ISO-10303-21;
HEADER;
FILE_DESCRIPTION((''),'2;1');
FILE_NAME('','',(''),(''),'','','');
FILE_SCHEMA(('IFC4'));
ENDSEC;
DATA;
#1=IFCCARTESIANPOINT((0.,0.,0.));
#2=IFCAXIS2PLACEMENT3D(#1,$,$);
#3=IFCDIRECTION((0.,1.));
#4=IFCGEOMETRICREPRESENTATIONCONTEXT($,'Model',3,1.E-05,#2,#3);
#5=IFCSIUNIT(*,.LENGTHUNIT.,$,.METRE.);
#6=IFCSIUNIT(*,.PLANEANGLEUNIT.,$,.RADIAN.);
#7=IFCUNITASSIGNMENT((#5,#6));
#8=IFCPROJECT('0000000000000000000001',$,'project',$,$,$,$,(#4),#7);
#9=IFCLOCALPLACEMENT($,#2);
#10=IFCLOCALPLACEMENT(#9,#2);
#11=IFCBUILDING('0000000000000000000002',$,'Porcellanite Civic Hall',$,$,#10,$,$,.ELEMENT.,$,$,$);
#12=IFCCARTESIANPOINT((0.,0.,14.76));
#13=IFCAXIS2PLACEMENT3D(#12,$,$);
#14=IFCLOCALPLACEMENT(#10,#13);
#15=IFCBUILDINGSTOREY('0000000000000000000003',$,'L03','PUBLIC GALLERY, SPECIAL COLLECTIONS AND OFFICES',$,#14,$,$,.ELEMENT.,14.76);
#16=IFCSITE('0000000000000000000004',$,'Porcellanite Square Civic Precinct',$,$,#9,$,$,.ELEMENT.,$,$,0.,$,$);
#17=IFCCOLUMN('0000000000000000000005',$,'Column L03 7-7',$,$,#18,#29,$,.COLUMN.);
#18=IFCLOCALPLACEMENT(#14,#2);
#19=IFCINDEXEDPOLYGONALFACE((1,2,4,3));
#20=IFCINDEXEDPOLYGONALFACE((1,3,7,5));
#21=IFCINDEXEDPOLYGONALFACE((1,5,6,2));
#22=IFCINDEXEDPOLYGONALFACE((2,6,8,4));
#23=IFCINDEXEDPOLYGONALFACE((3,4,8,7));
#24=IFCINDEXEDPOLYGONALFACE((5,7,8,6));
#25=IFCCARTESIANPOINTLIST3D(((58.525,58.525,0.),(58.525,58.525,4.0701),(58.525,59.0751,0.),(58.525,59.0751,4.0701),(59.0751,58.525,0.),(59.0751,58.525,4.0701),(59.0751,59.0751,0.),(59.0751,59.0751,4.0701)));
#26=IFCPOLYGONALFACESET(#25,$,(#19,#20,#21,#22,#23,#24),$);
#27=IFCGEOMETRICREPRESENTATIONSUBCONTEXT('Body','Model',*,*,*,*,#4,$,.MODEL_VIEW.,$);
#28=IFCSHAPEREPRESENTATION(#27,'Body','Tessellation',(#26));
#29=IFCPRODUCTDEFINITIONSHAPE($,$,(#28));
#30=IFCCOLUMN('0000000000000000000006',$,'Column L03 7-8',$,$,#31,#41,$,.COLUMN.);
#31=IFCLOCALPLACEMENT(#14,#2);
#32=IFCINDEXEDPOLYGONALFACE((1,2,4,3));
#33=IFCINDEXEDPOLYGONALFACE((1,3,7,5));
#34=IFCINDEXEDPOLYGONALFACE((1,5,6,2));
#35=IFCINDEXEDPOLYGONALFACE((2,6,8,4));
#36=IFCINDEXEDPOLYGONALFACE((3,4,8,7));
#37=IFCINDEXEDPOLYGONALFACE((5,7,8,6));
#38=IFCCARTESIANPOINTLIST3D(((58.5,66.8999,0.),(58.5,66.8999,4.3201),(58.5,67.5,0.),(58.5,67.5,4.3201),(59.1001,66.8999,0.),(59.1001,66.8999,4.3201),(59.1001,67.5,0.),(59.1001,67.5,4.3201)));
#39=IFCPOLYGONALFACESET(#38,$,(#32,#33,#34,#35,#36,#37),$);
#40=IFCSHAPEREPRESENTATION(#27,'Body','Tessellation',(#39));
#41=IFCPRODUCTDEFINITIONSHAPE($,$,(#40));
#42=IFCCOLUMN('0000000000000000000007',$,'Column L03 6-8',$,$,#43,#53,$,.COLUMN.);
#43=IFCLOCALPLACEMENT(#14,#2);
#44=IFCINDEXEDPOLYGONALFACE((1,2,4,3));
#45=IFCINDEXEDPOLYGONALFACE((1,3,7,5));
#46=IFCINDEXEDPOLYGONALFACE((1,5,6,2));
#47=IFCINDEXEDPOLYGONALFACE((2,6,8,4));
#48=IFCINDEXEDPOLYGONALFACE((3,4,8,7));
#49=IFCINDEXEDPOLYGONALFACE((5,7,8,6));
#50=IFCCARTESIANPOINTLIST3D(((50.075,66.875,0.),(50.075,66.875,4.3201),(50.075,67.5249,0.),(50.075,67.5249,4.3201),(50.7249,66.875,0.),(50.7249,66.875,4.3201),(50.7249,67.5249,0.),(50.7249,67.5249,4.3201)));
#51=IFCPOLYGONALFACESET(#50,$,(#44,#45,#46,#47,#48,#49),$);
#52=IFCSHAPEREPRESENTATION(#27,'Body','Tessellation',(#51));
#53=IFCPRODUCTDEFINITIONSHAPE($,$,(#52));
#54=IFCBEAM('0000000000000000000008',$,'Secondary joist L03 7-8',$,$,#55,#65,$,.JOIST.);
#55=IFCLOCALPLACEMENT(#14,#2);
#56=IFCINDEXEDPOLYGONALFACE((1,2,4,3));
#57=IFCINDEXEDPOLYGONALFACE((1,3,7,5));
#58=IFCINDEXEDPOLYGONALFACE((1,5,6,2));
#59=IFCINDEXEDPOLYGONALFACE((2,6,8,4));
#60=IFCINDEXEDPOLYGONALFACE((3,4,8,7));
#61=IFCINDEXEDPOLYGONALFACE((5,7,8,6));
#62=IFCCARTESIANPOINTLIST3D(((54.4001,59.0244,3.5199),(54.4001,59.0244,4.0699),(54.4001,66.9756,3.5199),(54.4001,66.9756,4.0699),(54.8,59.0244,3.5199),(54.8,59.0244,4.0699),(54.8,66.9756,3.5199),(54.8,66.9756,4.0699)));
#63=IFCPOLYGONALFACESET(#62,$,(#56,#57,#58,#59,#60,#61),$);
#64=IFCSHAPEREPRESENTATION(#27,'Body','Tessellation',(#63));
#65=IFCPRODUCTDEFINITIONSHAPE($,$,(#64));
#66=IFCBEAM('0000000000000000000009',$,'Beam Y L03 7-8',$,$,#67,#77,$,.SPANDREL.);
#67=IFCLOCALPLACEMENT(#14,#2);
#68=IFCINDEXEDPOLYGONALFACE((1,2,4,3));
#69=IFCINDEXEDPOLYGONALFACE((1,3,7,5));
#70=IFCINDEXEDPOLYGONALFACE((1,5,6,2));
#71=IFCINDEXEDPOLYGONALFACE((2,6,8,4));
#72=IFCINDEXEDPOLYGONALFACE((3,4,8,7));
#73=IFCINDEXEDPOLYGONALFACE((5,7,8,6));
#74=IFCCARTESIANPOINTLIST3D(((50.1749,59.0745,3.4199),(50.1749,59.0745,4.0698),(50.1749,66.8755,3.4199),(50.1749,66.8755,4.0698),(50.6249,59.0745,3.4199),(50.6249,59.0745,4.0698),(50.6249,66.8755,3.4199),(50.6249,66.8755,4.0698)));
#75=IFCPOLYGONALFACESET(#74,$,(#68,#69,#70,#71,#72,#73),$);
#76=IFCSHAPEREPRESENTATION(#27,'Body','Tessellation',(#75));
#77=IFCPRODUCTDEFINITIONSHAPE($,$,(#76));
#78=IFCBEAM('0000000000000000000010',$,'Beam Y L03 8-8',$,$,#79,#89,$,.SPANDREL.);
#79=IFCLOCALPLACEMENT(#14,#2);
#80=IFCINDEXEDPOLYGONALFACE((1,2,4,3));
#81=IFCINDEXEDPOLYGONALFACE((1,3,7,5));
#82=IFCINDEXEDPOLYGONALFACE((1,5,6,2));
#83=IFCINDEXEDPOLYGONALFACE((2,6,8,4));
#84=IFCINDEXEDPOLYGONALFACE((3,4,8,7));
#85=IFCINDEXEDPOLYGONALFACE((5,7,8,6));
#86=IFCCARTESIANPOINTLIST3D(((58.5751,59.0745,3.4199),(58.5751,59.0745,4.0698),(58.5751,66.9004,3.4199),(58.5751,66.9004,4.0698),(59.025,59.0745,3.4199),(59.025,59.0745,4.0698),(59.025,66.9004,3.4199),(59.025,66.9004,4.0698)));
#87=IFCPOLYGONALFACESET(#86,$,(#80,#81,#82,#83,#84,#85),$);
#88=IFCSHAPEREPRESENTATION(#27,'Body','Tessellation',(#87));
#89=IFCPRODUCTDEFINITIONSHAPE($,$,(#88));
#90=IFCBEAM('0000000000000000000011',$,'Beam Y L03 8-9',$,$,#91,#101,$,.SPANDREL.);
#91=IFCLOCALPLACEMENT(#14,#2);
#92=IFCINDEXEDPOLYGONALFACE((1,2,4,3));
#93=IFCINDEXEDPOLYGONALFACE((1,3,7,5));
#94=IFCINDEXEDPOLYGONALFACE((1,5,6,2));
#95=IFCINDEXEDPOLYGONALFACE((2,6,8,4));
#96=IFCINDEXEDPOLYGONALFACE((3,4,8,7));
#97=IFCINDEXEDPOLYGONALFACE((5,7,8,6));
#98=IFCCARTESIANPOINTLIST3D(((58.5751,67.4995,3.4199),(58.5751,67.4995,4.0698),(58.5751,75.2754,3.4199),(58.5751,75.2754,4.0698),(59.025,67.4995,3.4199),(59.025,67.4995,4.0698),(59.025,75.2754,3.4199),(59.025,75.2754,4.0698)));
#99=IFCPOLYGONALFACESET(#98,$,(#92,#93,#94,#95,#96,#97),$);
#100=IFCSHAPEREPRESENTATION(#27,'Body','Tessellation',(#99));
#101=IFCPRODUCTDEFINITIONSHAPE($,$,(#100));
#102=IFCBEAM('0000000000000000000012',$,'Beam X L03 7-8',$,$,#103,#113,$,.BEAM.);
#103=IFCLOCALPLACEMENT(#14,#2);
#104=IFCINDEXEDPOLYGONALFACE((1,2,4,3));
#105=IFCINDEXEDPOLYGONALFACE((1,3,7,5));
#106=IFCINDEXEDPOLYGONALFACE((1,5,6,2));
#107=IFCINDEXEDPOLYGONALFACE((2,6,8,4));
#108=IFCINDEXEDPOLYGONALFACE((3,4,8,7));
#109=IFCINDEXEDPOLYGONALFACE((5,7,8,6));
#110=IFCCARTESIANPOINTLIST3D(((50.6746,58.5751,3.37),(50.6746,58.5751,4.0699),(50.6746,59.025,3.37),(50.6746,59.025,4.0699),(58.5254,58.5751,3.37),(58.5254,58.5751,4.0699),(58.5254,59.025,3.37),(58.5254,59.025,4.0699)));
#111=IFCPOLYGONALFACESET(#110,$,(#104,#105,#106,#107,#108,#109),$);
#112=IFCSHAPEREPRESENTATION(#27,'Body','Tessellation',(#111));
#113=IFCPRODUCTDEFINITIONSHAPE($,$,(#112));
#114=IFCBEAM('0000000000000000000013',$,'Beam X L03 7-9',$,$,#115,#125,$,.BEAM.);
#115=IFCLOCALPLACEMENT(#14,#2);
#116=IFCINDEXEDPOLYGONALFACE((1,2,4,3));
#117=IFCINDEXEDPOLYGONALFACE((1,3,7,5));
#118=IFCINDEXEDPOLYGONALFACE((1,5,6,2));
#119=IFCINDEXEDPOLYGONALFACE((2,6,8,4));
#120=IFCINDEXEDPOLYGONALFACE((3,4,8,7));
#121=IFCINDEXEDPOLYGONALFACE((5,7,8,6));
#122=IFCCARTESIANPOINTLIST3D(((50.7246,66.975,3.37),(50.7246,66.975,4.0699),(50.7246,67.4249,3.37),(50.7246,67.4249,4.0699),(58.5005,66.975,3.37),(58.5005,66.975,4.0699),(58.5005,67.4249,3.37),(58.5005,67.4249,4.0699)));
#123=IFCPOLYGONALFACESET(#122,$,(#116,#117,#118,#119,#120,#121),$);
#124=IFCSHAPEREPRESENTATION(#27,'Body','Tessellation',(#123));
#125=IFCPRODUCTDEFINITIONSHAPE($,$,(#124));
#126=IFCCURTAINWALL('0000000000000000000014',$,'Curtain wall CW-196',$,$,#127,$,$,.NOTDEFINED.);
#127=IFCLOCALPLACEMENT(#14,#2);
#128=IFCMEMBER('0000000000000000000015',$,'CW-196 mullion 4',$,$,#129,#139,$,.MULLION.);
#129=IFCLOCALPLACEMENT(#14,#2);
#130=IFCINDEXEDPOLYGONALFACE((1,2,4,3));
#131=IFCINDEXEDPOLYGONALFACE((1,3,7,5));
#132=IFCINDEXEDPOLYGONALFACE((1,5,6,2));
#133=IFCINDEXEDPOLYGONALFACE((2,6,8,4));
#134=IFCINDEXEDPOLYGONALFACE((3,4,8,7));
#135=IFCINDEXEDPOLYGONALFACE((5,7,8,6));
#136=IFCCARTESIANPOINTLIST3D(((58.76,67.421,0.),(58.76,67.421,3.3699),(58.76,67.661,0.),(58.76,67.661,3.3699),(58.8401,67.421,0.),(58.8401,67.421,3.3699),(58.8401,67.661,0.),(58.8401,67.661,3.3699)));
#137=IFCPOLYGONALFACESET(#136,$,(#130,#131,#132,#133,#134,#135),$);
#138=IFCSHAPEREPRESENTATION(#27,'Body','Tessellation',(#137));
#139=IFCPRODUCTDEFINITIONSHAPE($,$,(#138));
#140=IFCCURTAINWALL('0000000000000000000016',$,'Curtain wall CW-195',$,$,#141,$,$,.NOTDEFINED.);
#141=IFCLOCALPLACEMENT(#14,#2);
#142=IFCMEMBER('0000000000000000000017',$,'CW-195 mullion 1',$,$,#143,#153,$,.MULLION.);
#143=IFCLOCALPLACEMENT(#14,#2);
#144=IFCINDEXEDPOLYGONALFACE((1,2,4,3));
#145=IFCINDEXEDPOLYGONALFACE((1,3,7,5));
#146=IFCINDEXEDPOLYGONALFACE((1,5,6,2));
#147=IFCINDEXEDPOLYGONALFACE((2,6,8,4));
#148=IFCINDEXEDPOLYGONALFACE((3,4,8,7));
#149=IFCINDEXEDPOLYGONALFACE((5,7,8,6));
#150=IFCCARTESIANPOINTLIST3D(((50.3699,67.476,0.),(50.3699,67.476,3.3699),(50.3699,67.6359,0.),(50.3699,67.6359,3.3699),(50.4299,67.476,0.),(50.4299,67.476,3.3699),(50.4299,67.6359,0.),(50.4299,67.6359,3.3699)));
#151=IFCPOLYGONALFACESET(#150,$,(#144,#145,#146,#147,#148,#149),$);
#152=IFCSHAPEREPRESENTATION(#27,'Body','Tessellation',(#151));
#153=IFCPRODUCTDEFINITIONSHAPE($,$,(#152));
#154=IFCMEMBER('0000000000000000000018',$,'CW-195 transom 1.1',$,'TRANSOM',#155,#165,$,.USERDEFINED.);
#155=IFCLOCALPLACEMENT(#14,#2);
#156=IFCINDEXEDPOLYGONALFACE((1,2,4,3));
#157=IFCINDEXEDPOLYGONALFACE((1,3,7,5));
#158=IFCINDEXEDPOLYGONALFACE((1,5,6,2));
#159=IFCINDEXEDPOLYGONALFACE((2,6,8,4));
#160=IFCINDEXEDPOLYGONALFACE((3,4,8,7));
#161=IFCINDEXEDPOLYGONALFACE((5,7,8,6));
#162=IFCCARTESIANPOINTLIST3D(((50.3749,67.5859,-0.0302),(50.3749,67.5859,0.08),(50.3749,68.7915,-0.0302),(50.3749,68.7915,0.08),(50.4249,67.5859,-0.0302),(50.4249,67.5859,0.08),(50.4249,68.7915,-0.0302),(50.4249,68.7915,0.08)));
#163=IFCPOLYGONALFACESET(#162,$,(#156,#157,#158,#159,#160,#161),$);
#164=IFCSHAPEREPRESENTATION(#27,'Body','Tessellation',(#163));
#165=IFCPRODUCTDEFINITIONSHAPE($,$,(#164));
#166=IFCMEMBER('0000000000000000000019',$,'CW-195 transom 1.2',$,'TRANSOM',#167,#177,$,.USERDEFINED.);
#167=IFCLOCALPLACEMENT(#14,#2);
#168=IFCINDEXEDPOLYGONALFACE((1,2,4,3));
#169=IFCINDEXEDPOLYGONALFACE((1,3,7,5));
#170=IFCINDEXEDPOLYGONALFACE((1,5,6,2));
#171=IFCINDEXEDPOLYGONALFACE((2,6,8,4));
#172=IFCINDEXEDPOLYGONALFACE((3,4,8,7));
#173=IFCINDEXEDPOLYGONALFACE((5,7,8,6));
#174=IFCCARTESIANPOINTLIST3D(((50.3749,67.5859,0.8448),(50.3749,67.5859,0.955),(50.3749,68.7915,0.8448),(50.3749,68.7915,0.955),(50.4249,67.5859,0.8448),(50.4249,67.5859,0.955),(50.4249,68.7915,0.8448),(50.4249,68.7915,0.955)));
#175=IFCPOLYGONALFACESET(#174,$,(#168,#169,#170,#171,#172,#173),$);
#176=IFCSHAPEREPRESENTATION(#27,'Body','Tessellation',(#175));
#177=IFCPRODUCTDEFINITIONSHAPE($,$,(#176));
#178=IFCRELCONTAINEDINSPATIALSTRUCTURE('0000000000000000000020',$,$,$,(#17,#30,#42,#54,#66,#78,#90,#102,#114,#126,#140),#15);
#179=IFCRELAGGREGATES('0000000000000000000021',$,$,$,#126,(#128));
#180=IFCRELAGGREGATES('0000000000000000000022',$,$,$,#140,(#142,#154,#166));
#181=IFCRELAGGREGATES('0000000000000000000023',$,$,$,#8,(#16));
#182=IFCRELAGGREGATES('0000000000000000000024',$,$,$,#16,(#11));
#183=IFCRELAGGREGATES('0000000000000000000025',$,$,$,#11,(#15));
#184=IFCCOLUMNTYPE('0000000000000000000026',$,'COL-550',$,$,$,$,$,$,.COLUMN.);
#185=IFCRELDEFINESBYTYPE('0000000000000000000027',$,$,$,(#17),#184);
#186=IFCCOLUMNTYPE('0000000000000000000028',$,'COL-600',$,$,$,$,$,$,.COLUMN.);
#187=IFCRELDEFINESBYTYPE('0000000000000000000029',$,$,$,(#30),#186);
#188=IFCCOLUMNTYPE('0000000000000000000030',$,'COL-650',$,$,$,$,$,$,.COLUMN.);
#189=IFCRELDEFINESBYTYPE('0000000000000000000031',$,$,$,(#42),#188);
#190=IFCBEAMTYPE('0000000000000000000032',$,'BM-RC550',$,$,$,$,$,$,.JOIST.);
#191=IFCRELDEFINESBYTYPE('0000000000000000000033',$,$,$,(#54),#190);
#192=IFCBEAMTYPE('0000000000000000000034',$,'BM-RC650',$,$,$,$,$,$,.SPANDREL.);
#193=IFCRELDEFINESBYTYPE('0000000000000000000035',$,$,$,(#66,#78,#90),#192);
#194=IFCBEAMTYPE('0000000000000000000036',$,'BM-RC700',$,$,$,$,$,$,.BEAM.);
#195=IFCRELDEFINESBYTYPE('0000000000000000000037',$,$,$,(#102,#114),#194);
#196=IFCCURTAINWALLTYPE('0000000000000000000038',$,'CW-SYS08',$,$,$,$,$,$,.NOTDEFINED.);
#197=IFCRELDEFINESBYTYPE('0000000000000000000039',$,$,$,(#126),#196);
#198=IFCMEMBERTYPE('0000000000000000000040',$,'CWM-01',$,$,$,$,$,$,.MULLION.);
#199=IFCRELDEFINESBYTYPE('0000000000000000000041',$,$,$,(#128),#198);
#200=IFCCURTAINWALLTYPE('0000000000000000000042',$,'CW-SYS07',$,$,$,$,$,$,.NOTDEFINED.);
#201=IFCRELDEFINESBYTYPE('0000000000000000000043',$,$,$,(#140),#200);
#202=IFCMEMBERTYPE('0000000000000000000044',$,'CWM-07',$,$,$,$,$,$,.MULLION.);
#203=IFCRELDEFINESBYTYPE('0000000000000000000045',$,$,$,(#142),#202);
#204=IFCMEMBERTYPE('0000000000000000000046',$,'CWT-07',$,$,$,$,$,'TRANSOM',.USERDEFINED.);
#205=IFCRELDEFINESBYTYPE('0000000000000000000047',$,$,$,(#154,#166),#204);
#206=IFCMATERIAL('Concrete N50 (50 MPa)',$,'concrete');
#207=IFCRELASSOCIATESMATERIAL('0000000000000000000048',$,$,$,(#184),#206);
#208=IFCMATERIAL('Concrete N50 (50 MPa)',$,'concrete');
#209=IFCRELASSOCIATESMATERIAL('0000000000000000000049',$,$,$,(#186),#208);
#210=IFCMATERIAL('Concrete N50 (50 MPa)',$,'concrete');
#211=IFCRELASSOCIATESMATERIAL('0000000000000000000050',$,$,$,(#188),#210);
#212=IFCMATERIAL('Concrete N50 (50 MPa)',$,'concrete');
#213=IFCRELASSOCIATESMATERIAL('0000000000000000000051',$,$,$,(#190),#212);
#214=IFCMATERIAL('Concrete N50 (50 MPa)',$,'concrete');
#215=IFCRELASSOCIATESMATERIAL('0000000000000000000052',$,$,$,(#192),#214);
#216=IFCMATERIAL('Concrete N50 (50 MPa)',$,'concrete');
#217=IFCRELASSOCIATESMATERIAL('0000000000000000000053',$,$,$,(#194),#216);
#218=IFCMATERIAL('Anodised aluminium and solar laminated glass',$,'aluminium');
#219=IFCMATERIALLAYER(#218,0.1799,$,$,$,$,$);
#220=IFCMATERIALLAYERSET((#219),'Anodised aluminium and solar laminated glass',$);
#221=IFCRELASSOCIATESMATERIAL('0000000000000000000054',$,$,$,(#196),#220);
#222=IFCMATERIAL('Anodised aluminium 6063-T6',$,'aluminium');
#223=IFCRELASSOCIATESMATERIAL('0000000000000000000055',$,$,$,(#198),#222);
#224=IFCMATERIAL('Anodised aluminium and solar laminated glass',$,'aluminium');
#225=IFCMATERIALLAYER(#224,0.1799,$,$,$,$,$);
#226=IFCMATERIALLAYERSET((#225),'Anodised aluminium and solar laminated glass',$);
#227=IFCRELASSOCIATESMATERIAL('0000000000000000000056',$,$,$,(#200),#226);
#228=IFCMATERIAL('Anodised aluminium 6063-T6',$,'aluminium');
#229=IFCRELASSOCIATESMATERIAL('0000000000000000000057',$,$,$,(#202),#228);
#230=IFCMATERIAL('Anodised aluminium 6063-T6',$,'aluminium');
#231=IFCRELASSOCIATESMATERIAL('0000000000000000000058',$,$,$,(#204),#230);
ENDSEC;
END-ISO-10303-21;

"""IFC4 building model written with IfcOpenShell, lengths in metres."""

from ifc_helpers import new_model, si_unit, direction, frame, origin, origin_2d, place, context, subcontext, project, spatial, rectangle, extrude, material, layer, layer_set, material_profile, profile_set, type_object, element, aggregate, save


model = new_model("IFC4")

# Units and contexts
model_context = context("Model", 3, precision=1e-05, world=origin(), true_north=direction((0.0, 1.0)))
body_context = subcontext(model_context, "Body", "Model", "MODEL_VIEW")
ifc_project = project(units=[si_unit("LENGTHUNIT", "METRE"), si_unit("PLANEANGLEUNIT", "RADIAN")], contexts=[model_context])

# Site, building, storey
site_placement = place(None, origin())
site = spatial("IfcSite", under=ifc_project, at=site_placement, Name="Porcellanite Square Civic Precinct", CompositionType="ELEMENT", RefElevation=0.0)
building_placement = place(site_placement, origin())
building = spatial("IfcBuilding", under=site, at=building_placement, Name="Porcellanite Civic Hall", CompositionType="ELEMENT")
storey_placement = place(building_placement, frame((0.0, 0.0, 14.76)))
storey = spatial("IfcBuildingStorey", under=building, at=storey_placement, Name="L03", Description="PUBLIC GALLERY, SPECIAL COLLECTIONS AND OFFICES", CompositionType="ELEMENT", Elevation=14.76)

# Columns
ifc_material_1 = material(Name="Concrete N50 (50 MPa)", Category="concrete")
ifc_material_profile_1 = material_profile(ifc_material_1, rectangle(XDim=0.55, YDim=0.55, at=origin_2d()), Name="RC-550x550")
ifc_profile_set_1 = profile_set([ifc_material_profile_1], Name="Concrete N50 (50 MPa)")
column_type_1 = type_object("IfcColumnType", Name="COL-550", PredefinedType="COLUMN", material=ifc_profile_set_1)
column_1_placement = place(storey_placement, frame((58.8, 58.8, 0.0), z_axis=(0.0, 0.0, 1.0), x_axis=(1.0, 0.0, 0.0)))
element("IfcColumn", 1, at=column_1_placement, inside=storey, type_object=column_type_1, Name="Column L03 7-7", PredefinedType="COLUMN", context=body_context, shape_type="SweptSolid", body=[
    extrude(rectangle(XDim=0.55, YDim=0.55, at=origin_2d()), origin(), (0.0, 0.0, 1.0), 4.0701),
])
ifc_material_2 = material(Name="Concrete N50 (50 MPa)", Category="concrete")
ifc_material_profile_2 = material_profile(ifc_material_2, rectangle(XDim=0.6001, YDim=0.6001, at=origin_2d()), Name="RC-600x600")
ifc_profile_set_2 = profile_set([ifc_material_profile_2], Name="Concrete N50 (50 MPa)")
column_type_2 = type_object("IfcColumnType", Name="COL-600", PredefinedType="COLUMN", material=ifc_profile_set_2)
column_2_placement = place(storey_placement, frame((58.8, 67.2, 0.0), z_axis=(0.0, 0.0, 1.0), x_axis=(1.0, 0.0, 0.0)))
element("IfcColumn", 2, at=column_2_placement, inside=storey, type_object=column_type_2, Name="Column L03 7-8", PredefinedType="COLUMN", context=body_context, shape_type="SweptSolid", body=[
    extrude(rectangle(XDim=0.6001, YDim=0.6001, at=origin_2d()), origin(), (0.0, 0.0, 1.0), 4.3201),
])
ifc_material_3 = material(Name="Concrete N50 (50 MPa)", Category="concrete")
ifc_material_profile_3 = material_profile(ifc_material_3, rectangle(XDim=0.6499, YDim=0.6499, at=origin_2d()), Name="RC-650x650")
ifc_profile_set_3 = profile_set([ifc_material_profile_3], Name="Concrete N50 (50 MPa)")
column_type_3 = type_object("IfcColumnType", Name="COL-650", PredefinedType="COLUMN", material=ifc_profile_set_3)
column_3_placement = place(storey_placement, frame((50.3999, 67.2, 0.0), z_axis=(0.0, 0.0, 1.0), x_axis=(1.0, 0.0, 0.0)))
element("IfcColumn", 3, at=column_3_placement, inside=storey, type_object=column_type_3, Name="Column L03 6-8", PredefinedType="COLUMN", context=body_context, shape_type="SweptSolid", body=[
    extrude(rectangle(XDim=0.6499, YDim=0.6499, at=origin_2d()), origin(), (0.0, 0.0, 1.0), 4.3201),
])

# Beams
ifc_material_4 = material(Name="Concrete N50 (50 MPa)", Category="concrete")
ifc_material_profile_4 = material_profile(ifc_material_4, rectangle(XDim=0.3999, YDim=0.55, at=origin_2d()), Name="RC-400x550")
ifc_profile_set_4 = profile_set([ifc_material_profile_4], Name="Concrete N50 (50 MPa)")
beam_type_1 = type_object("IfcBeamType", Name="BM-RC550", PredefinedType="JOIST", material=ifc_profile_set_4)
beam_1_placement = place(storey_placement, frame((54.6001, 59.0244, 3.7949), z_axis=(0.0, 1.0, 0.0), x_axis=(-1.0, 0.0, 0.0)))
element("IfcBeam", 4, at=beam_1_placement, inside=storey, type_object=beam_type_1, Name="Secondary joist L03 7-8", PredefinedType="JOIST", context=body_context, shape_type="SweptSolid", body=[
    extrude(rectangle(XDim=0.3999, YDim=0.55, at=origin_2d()), origin(), (0.0, 0.0, 1.0), 7.9512),
])
ifc_material_5 = material(Name="Concrete N50 (50 MPa)", Category="concrete")
ifc_material_profile_5 = material_profile(ifc_material_5, rectangle(XDim=0.45, YDim=0.6499, at=origin_2d()), Name="RC-450x650")
ifc_profile_set_5 = profile_set([ifc_material_profile_5], Name="Concrete N50 (50 MPa)")
beam_type_2 = type_object("IfcBeamType", Name="BM-RC650", PredefinedType="SPANDREL", material=ifc_profile_set_5)
beam_2_placement = place(storey_placement, frame((50.3999, 59.0745, 3.7449), z_axis=(0.0, 1.0, 0.0), x_axis=(-1.0, 0.0, 0.0)))
element("IfcBeam", 5, at=beam_2_placement, inside=storey, type_object=beam_type_2, Name="Beam Y L03 7-8", PredefinedType="SPANDREL", context=body_context, shape_type="SweptSolid", body=[
    extrude(rectangle(XDim=0.45, YDim=0.6499, at=origin_2d()), origin(), (0.0, 0.0, 1.0), 7.801),
])
beam_3_placement = place(storey_placement, frame((58.8, 59.0745, 3.7449), z_axis=(0.0, 1.0, 0.0), x_axis=(-1.0, 0.0, 0.0)))
element("IfcBeam", 6, at=beam_3_placement, inside=storey, type_object=beam_type_2, Name="Beam Y L03 8-8", PredefinedType="SPANDREL", context=body_context, shape_type="SweptSolid", body=[
    extrude(rectangle(XDim=0.45, YDim=0.6499, at=origin_2d()), origin(), (0.0, 0.0, 1.0), 7.8259),
])
beam_4_placement = place(storey_placement, frame((58.8, 67.4995, 3.7449), z_axis=(0.0, 1.0, 0.0), x_axis=(-1.0, 0.0, 0.0)))
element("IfcBeam", 7, at=beam_4_placement, inside=storey, type_object=beam_type_2, Name="Beam Y L03 8-9", PredefinedType="SPANDREL", context=body_context, shape_type="SweptSolid", body=[
    extrude(rectangle(XDim=0.45, YDim=0.6499, at=origin_2d()), origin(), (0.0, 0.0, 1.0), 7.7759),
])
ifc_material_6 = material(Name="Concrete N50 (50 MPa)", Category="concrete")
ifc_material_profile_6 = material_profile(ifc_material_6, rectangle(XDim=0.45, YDim=0.7, at=origin_2d()), Name="RC-450x700")
ifc_profile_set_6 = profile_set([ifc_material_profile_6], Name="Concrete N50 (50 MPa)")
beam_type_3 = type_object("IfcBeamType", Name="BM-RC700", PredefinedType="BEAM", material=ifc_profile_set_6)
beam_5_placement = place(storey_placement, frame((50.6746, 58.8, 3.72), z_axis=(1.0, 0.0, 0.0), x_axis=(0.0, 1.0, 0.0)))
element("IfcBeam", 8, at=beam_5_placement, inside=storey, type_object=beam_type_3, Name="Beam X L03 7-8", PredefinedType="BEAM", context=body_context, shape_type="SweptSolid", body=[
    extrude(rectangle(XDim=0.45, YDim=0.7, at=origin_2d()), origin(), (0.0, 0.0, 1.0), 7.8508),
])
beam_6_placement = place(storey_placement, frame((50.7246, 67.2, 3.72), z_axis=(1.0, 0.0, 0.0), x_axis=(0.0, 1.0, 0.0)))
element("IfcBeam", 9, at=beam_6_placement, inside=storey, type_object=beam_type_3, Name="Beam X L03 7-9", PredefinedType="BEAM", context=body_context, shape_type="SweptSolid", body=[
    extrude(rectangle(XDim=0.45, YDim=0.7, at=origin_2d()), origin(), (0.0, 0.0, 1.0), 7.7759),
])

# Curtain wall, member
ifc_material_7 = material(Name="Anodised aluminium and solar laminated glass", Category="aluminium")
ifc_layer_1 = layer(ifc_material_7, 0.1799)
ifc_layer_set_1 = layer_set([ifc_layer_1], Name="Anodised aluminium and solar laminated glass")
curtain_wall_type_1 = type_object("IfcCurtainWallType", Name="CW-SYS08", PredefinedType="NOTDEFINED", material=ifc_layer_set_1)
curtain_wall_1_placement = place(storey_placement, origin())
curtain_wall_1 = element("IfcCurtainWall", 10, at=curtain_wall_1_placement, inside=storey, type_object=curtain_wall_type_1, Name="Curtain wall CW-196", PredefinedType="NOTDEFINED")
ifc_material_8 = material(Name="Anodised aluminium 6063-T6", Category="aluminium")
ifc_material_profile_7 = material_profile(ifc_material_8, rectangle(XDim=0.0801, YDim=0.24, at=origin_2d()), Name="AL-80x240")
ifc_profile_set_7 = profile_set([ifc_material_profile_7], Name="Anodised aluminium 6063-T6")
member_type_1 = type_object("IfcMemberType", Name="CWM-01", PredefinedType="MULLION", material=ifc_profile_set_7)
member_1_placement = place(storey_placement, frame((58.8, 67.541, 0.0), z_axis=(0.0, 0.0, 1.0), x_axis=(1.0, 0.0, 0.0)))
member_1 = element("IfcMember", 11, at=member_1_placement, type_object=member_type_1, Name="CW-196 mullion 4", PredefinedType="MULLION", context=body_context, shape_type="SweptSolid", body=[
    extrude(rectangle(XDim=0.0801, YDim=0.24, at=origin_2d()), origin(), (0.0, 0.0, 1.0), 3.3699),
])
aggregate(curtain_wall_1, [member_1])

# Curtain wall, members
ifc_material_9 = material(Name="Anodised aluminium and solar laminated glass", Category="aluminium")
ifc_layer_2 = layer(ifc_material_9, 0.1799)
ifc_layer_set_2 = layer_set([ifc_layer_2], Name="Anodised aluminium and solar laminated glass")
curtain_wall_type_2 = type_object("IfcCurtainWallType", Name="CW-SYS07", PredefinedType="NOTDEFINED", material=ifc_layer_set_2)
curtain_wall_2_placement = place(storey_placement, origin())
curtain_wall_2 = element("IfcCurtainWall", 12, at=curtain_wall_2_placement, inside=storey, type_object=curtain_wall_type_2, Name="Curtain wall CW-195", PredefinedType="NOTDEFINED")
ifc_material_10 = material(Name="Anodised aluminium 6063-T6", Category="aluminium")
ifc_material_profile_8 = material_profile(ifc_material_10, rectangle(XDim=0.0601, YDim=0.1599, at=origin_2d()), Name="AL-60x160")
ifc_profile_set_8 = profile_set([ifc_material_profile_8], Name="Anodised aluminium 6063-T6")
member_type_2 = type_object("IfcMemberType", Name="CWM-07", PredefinedType="MULLION", material=ifc_profile_set_8)
member_2_placement = place(storey_placement, frame((50.3999, 67.5559, 0.0), z_axis=(0.0, 0.0, 1.0), x_axis=(-1.0, 0.0, 0.0)))
member_2 = element("IfcMember", 13, at=member_2_placement, type_object=member_type_2, Name="CW-195 mullion 1", PredefinedType="MULLION", context=body_context, shape_type="SweptSolid", body=[
    extrude(rectangle(XDim=0.0601, YDim=0.1599, at=origin_2d()), origin(), (0.0, 0.0, 1.0), 3.3699),
])
ifc_material_11 = material(Name="Anodised aluminium 6063-T6", Category="aluminium")
ifc_material_profile_9 = material_profile(ifc_material_11, rectangle(XDim=0.05, YDim=0.1101, at=origin_2d()), Name="AL-50x110")
ifc_profile_set_9 = profile_set([ifc_material_profile_9], Name="Anodised aluminium 6063-T6")
member_type_3 = type_object("IfcMemberType", Name="CWT-07", ElementType="TRANSOM", PredefinedType="USERDEFINED", material=ifc_profile_set_9)
member_3_placement = place(storey_placement, frame((50.3999, 67.5859, 0.0249), z_axis=(0.0, 1.0, 0.0), x_axis=(-1.0, 0.0, 0.0)))
member_3 = element("IfcMember", 14, at=member_3_placement, type_object=member_type_3, Name="CW-195 transom 1.1", ObjectType="TRANSOM", PredefinedType="USERDEFINED", context=body_context, shape_type="SweptSolid", body=[
    extrude(rectangle(XDim=0.05, YDim=0.1101, at=origin_2d()), origin(), (0.0, 0.0, 1.0), 1.2056),
])
member_4_placement = place(storey_placement, frame((50.3999, 67.5859, 0.8999), z_axis=(0.0, 1.0, 0.0), x_axis=(-1.0, 0.0, 0.0)))
member_4 = element("IfcMember", 15, at=member_4_placement, type_object=member_type_3, Name="CW-195 transom 1.2", ObjectType="TRANSOM", PredefinedType="USERDEFINED", context=body_context, shape_type="SweptSolid", body=[
    extrude(rectangle(XDim=0.05, YDim=0.1101, at=origin_2d()), origin(), (0.0, 0.0, 1.0), 1.2056),
])

aggregate(curtain_wall_2, [member_2, member_3, member_4])

save(model, "model.ifc")
